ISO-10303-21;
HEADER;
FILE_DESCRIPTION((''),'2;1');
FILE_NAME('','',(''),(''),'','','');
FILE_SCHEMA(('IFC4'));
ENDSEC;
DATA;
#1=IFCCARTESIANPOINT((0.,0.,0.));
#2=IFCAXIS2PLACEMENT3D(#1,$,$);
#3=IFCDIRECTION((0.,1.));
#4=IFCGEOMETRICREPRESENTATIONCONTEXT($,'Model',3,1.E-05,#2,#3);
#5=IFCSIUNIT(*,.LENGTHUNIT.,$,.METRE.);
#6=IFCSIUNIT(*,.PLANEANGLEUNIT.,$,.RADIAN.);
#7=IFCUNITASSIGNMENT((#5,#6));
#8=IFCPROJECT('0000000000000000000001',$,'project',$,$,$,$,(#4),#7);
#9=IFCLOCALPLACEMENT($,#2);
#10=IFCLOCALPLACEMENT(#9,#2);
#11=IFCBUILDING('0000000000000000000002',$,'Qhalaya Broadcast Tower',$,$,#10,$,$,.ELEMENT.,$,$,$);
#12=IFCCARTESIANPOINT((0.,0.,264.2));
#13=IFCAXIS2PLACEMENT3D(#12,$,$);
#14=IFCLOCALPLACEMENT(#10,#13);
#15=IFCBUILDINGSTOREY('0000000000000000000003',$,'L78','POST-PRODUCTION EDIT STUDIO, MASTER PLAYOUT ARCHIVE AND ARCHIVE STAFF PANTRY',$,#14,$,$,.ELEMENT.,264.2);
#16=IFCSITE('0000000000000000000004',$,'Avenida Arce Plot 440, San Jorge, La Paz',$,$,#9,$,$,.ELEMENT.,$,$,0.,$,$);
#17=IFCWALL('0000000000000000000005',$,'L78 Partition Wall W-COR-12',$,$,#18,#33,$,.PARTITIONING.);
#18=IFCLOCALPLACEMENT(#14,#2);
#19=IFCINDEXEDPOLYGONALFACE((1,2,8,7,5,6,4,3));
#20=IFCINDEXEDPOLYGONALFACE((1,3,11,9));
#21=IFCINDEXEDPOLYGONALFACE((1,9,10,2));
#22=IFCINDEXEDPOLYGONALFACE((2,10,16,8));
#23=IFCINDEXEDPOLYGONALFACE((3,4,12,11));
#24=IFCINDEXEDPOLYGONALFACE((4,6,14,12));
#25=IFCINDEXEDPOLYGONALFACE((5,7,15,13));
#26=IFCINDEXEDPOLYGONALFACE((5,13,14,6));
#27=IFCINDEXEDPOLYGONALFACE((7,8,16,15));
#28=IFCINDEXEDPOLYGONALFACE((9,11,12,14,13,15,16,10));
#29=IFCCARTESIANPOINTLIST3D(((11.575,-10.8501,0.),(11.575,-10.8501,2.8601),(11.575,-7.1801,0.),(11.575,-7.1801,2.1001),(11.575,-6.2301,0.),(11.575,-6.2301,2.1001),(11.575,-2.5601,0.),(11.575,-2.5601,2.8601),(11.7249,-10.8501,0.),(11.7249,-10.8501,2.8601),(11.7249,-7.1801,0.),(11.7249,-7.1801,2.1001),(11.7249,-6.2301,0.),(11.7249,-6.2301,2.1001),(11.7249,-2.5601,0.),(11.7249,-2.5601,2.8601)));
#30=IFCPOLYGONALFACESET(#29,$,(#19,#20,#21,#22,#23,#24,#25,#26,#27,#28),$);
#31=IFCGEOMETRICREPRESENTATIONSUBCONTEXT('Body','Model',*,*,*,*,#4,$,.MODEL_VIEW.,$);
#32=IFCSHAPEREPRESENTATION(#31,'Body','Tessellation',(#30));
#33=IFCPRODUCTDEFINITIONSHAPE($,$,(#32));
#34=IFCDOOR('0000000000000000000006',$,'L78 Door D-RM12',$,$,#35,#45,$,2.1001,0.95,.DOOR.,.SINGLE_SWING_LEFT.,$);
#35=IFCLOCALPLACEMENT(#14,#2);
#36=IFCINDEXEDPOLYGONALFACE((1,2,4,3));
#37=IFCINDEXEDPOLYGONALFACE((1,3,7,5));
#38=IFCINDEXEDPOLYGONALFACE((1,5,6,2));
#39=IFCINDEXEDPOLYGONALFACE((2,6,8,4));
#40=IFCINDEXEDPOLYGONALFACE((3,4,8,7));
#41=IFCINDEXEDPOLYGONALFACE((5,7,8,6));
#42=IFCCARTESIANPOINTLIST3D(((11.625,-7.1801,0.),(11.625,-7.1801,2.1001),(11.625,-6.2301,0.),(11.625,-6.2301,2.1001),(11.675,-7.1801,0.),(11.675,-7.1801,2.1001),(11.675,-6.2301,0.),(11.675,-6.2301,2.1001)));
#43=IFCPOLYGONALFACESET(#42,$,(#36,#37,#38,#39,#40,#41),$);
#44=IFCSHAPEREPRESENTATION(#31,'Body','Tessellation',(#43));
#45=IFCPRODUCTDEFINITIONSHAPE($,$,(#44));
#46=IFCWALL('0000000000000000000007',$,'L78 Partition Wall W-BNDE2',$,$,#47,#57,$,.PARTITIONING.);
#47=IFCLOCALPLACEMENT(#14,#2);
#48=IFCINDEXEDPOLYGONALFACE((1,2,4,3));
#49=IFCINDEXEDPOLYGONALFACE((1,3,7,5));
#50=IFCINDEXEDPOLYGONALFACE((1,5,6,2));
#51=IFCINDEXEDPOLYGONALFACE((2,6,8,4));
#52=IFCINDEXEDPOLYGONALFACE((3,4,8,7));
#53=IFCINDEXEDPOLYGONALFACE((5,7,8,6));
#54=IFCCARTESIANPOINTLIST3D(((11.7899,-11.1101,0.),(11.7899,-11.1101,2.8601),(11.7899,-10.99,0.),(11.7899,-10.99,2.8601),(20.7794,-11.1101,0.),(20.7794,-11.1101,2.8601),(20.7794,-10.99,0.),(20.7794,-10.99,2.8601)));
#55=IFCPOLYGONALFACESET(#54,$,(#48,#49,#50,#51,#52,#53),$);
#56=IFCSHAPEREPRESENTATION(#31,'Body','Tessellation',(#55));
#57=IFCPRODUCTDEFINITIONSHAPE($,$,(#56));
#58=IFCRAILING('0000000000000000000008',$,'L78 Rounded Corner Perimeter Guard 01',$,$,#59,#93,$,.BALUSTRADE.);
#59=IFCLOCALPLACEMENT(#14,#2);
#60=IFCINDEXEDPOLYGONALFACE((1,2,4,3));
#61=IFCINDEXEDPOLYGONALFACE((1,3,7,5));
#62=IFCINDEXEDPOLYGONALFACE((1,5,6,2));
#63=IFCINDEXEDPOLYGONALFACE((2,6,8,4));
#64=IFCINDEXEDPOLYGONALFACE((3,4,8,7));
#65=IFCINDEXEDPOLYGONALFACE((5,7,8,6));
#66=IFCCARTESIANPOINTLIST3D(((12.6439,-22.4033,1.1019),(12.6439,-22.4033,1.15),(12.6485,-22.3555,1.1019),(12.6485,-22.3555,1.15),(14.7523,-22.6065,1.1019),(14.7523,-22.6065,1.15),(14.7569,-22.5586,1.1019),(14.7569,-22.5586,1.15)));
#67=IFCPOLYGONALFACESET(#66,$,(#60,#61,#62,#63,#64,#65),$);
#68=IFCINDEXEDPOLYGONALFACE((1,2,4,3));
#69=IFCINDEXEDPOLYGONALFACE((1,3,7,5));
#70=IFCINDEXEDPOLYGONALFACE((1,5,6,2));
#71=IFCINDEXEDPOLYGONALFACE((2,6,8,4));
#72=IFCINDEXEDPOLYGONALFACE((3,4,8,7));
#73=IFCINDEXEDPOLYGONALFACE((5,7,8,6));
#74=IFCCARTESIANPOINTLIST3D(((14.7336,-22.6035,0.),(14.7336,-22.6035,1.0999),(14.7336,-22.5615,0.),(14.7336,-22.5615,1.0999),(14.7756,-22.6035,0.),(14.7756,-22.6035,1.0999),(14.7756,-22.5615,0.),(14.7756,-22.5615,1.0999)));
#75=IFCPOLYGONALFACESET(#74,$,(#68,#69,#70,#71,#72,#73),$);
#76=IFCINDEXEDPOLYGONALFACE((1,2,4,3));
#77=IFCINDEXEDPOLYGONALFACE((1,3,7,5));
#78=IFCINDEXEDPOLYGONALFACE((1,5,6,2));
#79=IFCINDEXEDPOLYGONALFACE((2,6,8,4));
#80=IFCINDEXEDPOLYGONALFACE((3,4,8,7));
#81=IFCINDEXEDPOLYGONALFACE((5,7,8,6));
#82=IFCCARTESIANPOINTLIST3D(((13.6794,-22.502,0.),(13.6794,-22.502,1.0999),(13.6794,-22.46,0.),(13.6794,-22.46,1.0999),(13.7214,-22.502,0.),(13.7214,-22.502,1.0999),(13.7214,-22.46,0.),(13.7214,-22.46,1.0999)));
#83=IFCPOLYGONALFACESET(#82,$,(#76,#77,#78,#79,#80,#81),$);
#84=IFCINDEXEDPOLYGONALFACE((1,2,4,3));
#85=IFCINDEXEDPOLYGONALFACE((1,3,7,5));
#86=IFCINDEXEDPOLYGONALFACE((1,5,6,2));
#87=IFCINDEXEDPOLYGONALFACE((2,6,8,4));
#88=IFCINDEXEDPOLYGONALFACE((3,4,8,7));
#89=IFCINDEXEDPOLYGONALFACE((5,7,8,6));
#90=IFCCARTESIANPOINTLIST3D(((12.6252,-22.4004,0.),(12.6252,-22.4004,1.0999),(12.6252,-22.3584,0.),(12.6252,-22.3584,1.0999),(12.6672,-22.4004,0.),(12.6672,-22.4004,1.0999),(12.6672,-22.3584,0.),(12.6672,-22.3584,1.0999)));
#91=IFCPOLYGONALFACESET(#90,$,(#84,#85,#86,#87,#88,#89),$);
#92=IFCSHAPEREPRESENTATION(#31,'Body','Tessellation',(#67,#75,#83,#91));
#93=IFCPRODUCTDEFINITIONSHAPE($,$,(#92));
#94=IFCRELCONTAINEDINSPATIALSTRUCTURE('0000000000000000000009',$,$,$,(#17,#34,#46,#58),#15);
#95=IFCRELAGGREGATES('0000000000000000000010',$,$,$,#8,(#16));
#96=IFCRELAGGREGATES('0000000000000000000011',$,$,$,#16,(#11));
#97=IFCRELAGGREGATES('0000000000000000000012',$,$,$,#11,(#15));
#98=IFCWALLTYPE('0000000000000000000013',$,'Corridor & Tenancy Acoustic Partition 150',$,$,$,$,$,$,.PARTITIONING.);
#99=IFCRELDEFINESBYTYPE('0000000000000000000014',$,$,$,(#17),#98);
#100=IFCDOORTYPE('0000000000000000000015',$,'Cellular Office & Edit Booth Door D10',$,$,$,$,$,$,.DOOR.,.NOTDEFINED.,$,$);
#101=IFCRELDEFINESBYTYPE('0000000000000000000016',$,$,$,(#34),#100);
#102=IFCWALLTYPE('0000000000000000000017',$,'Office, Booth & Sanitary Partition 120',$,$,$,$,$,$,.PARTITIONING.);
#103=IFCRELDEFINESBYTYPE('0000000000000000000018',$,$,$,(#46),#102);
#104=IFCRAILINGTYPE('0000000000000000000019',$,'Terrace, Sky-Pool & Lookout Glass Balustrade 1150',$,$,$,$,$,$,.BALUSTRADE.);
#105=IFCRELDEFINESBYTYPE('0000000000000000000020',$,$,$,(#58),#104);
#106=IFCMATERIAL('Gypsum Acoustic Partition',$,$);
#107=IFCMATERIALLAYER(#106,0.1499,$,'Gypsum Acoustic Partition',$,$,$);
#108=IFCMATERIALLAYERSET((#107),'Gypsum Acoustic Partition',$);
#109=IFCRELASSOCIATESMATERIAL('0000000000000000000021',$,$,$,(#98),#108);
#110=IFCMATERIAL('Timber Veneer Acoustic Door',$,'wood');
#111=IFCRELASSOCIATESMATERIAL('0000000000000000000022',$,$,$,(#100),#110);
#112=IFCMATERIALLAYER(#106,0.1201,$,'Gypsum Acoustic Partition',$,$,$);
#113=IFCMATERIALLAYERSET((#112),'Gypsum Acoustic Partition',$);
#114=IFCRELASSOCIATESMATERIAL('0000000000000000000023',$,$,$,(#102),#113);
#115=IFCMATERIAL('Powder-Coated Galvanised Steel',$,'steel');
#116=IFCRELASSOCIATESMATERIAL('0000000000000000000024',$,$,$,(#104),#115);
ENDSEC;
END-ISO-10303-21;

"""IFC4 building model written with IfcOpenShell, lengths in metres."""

from ifc_helpers import new_model, si_unit, direction, frame, frame_2d, origin, origin_2d, place, context, subcontext, project, spatial, rectangle, extrude, material, layer, layer_set, type_object, element, fill, save


model = new_model("IFC4")

# Units and contexts
model_context = context("Model", 3, precision=1e-05, world=origin(), true_north=direction((0.0, 1.0)))
body_context = subcontext(model_context, "Body", "Model", "MODEL_VIEW")
ifc_project = project(units=[si_unit("LENGTHUNIT", "METRE"), si_unit("PLANEANGLEUNIT", "RADIAN")], contexts=[model_context])

# Site, building, storey
site_placement = place(None, origin())
site = spatial("IfcSite", under=ifc_project, at=site_placement, Name="Avenida Arce Plot 440, San Jorge, La Paz", CompositionType="ELEMENT", RefElevation=0.0)
building_placement = place(site_placement, origin())
building = spatial("IfcBuilding", under=site, at=building_placement, Name="Qhalaya Broadcast Tower", CompositionType="ELEMENT")
storey_placement = place(building_placement, frame((0.0, 0.0, 264.2)))
storey = spatial("IfcBuildingStorey", under=building, at=storey_placement, Name="L78", Description="POST-PRODUCTION EDIT STUDIO, MASTER PLAYOUT ARCHIVE AND ARCHIVE STAFF PANTRY", CompositionType="ELEMENT", Elevation=264.2)

# Wall, opening, door
ifc_material_1 = material(Name="Gypsum Acoustic Partition")
ifc_layer_1 = layer(ifc_material_1, 0.1499, Name="Gypsum Acoustic Partition")
ifc_layer_set_1 = layer_set([ifc_layer_1], Name="Gypsum Acoustic Partition")
wall_type_1 = type_object("IfcWallType", Name="Corridor & Tenancy Acoustic Partition 150", PredefinedType="PARTITIONING", material=ifc_layer_set_1)
wall_1_placement = place(storey_placement, frame((11.6499, -10.8501, 0.0), z_axis=(0.0, 0.0, 1.0), x_axis=(0.0, 1.0, 0.0)))
wall_1 = element("IfcWall", 1, at=wall_1_placement, inside=storey, type_object=wall_type_1, Name="L78 Partition Wall W-COR-12", PredefinedType="PARTITIONING", context=body_context, shape_type="SweptSolid", body=[
    extrude(rectangle(XDim=8.29, YDim=0.1499, at=frame_2d((4.145, 0.0))), origin(), (0.0, 0.0, 1.0), 2.8601),
])
opening_placement = place(wall_1_placement, frame((3.6699, 0.0, 0.0)))
opening = element("IfcOpeningElement", 2, at=opening_placement, cuts=wall_1, PredefinedType="OPENING", context=body_context, shape_type="SweptSolid", body=[
    extrude(rectangle(XDim=0.95, YDim=2.1001, at=frame_2d((0.4751, 1.05))), frame((0.0, 0.0869, 0.0), z_axis=(0.0, -1.0, 0.0), x_axis=(1.0, 0.0, 0.0)), (0.0, 0.0, 1.0), 0.1738),
])
ifc_material_2 = material(Name="Timber Veneer Acoustic Door", Category="wood")
door_type = type_object("IfcDoorType", Name="Cellular Office & Edit Booth Door D10", OperationType="NOTDEFINED", PredefinedType="DOOR", material=ifc_material_2)
door_placement = place(opening_placement, origin())
door = element("IfcDoor", 3, at=door_placement, inside=storey, type_object=door_type, Name="L78 Door D-RM12", OperationType="SINGLE_SWING_LEFT", OverallHeight=2.1001, OverallWidth=0.95, PredefinedType="DOOR", context=body_context, shape_type="SweptSolid", body=[
    extrude(rectangle(XDim=0.95, YDim=2.1001, at=frame_2d((0.4751, 1.05))), frame((0.0, 0.0249, 0.0), z_axis=(0.0, -1.0, 0.0), x_axis=(1.0, 0.0, 0.0)), (0.0, 0.0, 1.0), 0.05),
])
fill(opening, door)

# Wall
ifc_layer_2 = layer(ifc_material_1, 0.1201, Name="Gypsum Acoustic Partition")
ifc_layer_set_2 = layer_set([ifc_layer_2], Name="Gypsum Acoustic Partition")
wall_type_2 = type_object("IfcWallType", Name="Office, Booth & Sanitary Partition 120", PredefinedType="PARTITIONING", material=ifc_layer_set_2)
wall_2_placement = place(storey_placement, frame((11.79, -11.05, 0.0), z_axis=(0.0, 0.0, 1.0), x_axis=(1.0, 0.0, 0.0)))
element("IfcWall", 4, at=wall_2_placement, inside=storey, type_object=wall_type_2, Name="L78 Partition Wall W-BNDE2", PredefinedType="PARTITIONING", context=body_context, shape_type="SweptSolid", body=[
    extrude(rectangle(XDim=8.9895, YDim=0.1201, at=frame_2d((4.4946, 0.0))), origin(), (0.0, 0.0, 1.0), 2.8601),
])

# Railing
ifc_material_3 = material(Name="Powder-Coated Galvanised Steel", Category="steel")
railing_type = type_object("IfcRailingType", Name="Terrace, Sky-Pool & Lookout Glass Balustrade 1150", PredefinedType="BALUSTRADE", material=ifc_material_3)
railing_1_placement = place(storey_placement, frame((14.7546, -22.5825, 0.0)))
element("IfcRailing", 5, at=railing_1_placement, inside=storey, type_object=railing_type, Name="L78 Rounded Corner Perimeter Guard 01", PredefinedType="BALUSTRADE", context=body_context, shape_type="SweptSolid", body=[
    extrude(rectangle(XDim=0.0481, YDim=0.0481, at=origin_2d()), frame((0.0, 0.0, 1.126), z_axis=(-0.995391, 0.095897, 0.0), x_axis=(-0.095897, -0.995391, 0.0)), (0.0, 0.0, 1.0), 2.1182),
    extrude(rectangle(XDim=0.042, YDim=0.042, at=origin_2d()), origin(), (0.0, 0.0, 1.0), 1.0999),
    extrude(rectangle(XDim=0.042, YDim=0.042, at=origin_2d()), frame((-1.0542, 0.1016, 0.0)), (0.0, 0.0, 1.0), 1.0999),
    extrude(rectangle(XDim=0.042, YDim=0.042, at=origin_2d()), frame((-2.1084, 0.2031, 0.0)), (0.0, 0.0, 1.0), 1.0999),
])

save(model, "model.ifc")
